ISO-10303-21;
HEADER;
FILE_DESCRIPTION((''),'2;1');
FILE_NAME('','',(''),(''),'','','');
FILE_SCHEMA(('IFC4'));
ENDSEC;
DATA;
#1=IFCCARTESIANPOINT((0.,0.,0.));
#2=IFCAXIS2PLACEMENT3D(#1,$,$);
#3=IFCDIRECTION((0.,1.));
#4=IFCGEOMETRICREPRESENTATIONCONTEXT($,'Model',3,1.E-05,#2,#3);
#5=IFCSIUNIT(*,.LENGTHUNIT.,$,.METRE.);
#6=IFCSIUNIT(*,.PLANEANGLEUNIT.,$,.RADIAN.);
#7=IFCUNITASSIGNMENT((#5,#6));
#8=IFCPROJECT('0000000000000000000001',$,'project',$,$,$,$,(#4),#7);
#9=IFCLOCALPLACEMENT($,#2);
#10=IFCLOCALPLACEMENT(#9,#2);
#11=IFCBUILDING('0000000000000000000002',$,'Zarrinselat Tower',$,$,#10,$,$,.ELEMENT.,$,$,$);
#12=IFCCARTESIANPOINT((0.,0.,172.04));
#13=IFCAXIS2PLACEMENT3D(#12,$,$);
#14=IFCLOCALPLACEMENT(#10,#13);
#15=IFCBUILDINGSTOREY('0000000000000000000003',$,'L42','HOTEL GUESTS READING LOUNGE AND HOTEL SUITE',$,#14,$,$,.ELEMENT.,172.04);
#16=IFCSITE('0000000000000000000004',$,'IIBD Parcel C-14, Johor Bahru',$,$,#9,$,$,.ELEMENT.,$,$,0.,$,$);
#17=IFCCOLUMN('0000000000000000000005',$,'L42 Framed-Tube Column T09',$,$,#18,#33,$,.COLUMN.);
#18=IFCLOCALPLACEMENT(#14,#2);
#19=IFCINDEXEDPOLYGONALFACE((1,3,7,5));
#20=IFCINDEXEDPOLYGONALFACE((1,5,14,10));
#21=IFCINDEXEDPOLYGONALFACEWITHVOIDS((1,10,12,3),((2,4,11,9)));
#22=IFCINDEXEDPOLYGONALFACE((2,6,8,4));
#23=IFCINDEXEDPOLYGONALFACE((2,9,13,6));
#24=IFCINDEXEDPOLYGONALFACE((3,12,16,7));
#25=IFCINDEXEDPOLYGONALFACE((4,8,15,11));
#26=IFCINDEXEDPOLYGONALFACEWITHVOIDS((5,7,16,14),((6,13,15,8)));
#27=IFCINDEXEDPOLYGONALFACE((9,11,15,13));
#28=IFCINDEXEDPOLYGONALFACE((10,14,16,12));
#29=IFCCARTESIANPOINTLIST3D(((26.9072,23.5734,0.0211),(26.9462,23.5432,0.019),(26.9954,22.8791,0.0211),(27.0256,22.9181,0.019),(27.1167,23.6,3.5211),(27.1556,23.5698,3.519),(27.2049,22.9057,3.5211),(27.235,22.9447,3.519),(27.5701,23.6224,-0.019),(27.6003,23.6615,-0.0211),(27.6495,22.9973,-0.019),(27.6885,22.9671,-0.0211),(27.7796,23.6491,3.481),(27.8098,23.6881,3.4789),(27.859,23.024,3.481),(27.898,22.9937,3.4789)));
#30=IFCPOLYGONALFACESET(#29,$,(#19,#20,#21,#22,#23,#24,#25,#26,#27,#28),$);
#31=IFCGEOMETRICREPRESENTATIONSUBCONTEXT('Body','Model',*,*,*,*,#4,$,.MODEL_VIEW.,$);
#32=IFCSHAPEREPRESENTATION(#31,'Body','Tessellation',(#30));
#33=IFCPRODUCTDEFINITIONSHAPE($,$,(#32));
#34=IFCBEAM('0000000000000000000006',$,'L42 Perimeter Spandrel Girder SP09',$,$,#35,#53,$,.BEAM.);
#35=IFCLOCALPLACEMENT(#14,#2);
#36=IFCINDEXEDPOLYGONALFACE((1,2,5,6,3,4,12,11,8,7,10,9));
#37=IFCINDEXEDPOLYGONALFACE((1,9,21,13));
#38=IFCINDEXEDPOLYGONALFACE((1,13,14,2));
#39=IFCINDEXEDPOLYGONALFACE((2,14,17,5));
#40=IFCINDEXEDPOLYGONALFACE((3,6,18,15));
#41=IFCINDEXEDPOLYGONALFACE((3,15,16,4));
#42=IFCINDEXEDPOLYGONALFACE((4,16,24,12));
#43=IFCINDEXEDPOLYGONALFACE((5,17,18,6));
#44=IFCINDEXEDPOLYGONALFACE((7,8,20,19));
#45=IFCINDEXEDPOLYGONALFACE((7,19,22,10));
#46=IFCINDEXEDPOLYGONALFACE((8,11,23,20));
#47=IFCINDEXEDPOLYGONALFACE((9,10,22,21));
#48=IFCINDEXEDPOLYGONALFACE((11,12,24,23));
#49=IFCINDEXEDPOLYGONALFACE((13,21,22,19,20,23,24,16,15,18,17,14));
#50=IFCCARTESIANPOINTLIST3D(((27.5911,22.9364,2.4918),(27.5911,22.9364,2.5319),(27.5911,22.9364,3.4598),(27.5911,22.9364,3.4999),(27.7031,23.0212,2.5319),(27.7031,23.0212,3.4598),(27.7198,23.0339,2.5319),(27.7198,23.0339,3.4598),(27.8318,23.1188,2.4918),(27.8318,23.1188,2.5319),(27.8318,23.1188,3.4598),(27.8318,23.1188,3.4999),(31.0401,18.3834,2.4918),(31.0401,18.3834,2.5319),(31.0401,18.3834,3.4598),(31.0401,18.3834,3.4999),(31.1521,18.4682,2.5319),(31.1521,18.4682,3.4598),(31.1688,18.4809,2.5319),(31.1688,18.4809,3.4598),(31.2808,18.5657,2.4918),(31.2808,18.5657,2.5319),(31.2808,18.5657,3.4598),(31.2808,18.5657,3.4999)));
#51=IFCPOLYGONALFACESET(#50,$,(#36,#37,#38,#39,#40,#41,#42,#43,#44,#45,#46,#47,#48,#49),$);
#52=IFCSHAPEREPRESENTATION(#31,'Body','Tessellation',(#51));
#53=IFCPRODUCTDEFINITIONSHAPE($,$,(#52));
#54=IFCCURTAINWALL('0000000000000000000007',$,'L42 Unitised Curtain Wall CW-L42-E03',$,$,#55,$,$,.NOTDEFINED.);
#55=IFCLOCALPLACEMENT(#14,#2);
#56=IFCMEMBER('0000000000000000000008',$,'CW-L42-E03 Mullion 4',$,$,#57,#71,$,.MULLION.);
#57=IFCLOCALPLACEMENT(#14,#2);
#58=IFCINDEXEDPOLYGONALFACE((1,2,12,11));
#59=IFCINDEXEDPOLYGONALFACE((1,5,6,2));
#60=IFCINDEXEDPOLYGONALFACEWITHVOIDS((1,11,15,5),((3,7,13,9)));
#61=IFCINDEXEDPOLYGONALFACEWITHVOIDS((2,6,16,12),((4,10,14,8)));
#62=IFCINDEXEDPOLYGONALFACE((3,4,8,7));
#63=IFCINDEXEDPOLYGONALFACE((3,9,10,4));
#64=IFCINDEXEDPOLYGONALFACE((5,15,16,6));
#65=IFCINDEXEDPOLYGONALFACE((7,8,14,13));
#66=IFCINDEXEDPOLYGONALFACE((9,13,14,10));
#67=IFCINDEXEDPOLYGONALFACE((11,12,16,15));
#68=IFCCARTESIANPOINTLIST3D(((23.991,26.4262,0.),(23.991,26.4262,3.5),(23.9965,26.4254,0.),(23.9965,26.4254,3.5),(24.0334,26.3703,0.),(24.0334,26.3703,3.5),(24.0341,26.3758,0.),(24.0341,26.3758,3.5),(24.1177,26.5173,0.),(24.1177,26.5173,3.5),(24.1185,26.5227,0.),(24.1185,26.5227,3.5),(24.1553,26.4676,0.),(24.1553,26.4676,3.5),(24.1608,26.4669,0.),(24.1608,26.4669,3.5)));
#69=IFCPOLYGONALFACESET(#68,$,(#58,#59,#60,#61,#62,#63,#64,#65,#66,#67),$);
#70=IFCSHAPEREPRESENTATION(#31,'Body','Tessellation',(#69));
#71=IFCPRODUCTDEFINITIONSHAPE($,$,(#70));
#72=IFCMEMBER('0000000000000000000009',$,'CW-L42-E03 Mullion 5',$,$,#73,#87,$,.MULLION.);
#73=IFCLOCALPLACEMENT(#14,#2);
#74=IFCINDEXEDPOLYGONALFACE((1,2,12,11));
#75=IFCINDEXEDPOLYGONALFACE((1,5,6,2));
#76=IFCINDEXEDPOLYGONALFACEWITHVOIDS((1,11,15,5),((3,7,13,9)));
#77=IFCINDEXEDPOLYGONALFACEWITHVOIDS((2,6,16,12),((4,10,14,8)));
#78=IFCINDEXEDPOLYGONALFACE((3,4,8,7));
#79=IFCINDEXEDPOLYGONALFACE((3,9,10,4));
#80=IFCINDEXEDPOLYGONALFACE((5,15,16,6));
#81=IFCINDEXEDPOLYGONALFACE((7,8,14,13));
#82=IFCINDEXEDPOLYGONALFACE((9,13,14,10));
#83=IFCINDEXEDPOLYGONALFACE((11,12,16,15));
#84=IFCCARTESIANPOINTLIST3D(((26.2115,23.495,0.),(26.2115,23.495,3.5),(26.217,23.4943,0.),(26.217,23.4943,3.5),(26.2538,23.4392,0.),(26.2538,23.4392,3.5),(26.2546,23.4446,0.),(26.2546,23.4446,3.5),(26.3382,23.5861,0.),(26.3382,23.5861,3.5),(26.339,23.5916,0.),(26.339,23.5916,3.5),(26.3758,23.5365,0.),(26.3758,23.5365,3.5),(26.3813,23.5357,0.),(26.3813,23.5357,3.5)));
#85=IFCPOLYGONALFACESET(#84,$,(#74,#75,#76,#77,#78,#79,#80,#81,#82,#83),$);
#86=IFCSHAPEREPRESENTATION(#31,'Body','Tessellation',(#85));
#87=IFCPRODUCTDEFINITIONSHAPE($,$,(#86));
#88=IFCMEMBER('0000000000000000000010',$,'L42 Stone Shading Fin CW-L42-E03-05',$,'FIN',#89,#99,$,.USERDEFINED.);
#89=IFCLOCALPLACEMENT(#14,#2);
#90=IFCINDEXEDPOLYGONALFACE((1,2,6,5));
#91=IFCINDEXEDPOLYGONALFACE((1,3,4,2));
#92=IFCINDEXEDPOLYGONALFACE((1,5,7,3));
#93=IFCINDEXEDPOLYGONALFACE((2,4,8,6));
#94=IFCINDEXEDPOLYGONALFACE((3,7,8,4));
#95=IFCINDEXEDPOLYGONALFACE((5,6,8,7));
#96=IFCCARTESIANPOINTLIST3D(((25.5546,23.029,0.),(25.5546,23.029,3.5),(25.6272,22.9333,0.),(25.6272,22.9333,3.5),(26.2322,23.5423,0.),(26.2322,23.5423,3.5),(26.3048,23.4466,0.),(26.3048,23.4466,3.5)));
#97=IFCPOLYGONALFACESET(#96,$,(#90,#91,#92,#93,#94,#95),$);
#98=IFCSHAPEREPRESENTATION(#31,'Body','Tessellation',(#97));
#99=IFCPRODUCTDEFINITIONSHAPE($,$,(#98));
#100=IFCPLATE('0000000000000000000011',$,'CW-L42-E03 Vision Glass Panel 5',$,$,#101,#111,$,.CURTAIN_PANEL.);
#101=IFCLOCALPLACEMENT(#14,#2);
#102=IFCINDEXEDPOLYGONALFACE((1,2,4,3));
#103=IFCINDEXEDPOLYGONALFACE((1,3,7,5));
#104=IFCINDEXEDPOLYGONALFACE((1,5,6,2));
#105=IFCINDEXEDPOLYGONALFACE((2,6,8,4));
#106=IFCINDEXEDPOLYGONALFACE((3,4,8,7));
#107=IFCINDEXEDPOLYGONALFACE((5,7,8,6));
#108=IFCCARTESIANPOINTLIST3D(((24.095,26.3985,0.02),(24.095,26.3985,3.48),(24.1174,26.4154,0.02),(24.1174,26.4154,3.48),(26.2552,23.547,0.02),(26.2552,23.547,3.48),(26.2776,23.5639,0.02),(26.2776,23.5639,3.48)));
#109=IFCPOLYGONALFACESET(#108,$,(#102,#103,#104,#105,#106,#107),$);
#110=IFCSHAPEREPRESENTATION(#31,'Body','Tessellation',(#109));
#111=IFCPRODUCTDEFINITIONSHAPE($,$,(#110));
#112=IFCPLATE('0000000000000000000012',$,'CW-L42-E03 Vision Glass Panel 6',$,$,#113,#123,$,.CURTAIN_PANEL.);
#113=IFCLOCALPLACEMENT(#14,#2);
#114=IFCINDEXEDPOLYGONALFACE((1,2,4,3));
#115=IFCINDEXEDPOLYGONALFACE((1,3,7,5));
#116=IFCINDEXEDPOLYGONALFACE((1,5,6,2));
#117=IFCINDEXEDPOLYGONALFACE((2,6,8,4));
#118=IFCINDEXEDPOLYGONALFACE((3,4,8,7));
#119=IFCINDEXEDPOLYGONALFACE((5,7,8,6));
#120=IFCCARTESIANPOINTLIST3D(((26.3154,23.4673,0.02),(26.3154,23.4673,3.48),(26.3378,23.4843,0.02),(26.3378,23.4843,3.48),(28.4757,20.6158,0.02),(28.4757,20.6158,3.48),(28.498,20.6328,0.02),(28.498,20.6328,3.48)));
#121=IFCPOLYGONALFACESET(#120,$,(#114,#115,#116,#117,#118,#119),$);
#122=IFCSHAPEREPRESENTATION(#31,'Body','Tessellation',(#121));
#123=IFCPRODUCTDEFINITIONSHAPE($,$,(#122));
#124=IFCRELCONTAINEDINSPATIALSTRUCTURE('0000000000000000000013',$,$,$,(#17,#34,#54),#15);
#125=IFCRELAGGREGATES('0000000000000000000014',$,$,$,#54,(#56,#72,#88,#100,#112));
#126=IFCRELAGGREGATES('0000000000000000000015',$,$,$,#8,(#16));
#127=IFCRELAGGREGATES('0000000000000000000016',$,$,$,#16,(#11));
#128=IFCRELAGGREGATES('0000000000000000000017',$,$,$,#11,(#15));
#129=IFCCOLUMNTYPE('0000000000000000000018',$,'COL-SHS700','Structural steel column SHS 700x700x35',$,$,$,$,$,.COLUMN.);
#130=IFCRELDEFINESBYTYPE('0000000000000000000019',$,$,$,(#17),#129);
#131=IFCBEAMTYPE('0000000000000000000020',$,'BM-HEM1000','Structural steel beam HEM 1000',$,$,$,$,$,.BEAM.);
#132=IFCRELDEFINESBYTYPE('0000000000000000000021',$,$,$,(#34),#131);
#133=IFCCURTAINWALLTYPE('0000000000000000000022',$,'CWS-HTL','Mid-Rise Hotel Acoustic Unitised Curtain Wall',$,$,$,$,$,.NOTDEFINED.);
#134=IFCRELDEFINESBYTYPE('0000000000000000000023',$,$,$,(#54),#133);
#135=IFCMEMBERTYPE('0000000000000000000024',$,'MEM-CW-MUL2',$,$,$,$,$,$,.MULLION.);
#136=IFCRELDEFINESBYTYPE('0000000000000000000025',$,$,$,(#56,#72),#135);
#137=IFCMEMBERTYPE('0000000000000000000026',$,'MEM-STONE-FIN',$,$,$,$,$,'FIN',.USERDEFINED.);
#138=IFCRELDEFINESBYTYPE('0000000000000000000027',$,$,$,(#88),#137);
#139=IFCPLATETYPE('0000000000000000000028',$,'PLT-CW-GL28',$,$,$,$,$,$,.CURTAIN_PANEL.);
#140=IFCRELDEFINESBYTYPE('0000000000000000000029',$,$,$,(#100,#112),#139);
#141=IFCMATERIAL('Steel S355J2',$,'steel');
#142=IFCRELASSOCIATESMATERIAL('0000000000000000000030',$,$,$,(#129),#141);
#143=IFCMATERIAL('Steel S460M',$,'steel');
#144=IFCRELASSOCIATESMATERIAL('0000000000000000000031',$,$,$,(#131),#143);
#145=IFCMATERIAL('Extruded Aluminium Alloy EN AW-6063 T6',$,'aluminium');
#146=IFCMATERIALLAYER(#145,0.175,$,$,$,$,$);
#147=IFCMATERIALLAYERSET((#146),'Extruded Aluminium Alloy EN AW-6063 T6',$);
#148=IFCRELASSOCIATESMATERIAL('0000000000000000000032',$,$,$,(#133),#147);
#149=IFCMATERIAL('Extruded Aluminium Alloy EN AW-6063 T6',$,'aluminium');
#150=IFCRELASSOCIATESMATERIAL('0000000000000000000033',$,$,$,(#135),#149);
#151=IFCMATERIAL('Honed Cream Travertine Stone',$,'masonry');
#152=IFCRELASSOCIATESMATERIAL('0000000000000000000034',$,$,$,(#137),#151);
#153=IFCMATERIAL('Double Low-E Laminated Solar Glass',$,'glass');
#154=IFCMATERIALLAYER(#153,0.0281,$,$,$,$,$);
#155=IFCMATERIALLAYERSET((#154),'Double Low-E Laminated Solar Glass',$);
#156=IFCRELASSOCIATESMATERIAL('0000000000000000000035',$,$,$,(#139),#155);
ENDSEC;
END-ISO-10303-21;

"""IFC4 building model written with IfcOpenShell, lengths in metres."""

from ifc_helpers import new_model, si_unit, direction, frame, origin, origin_2d, place, context, subcontext, project, spatial, rectangle, hollow_rectangle, i_section, extrude, material, layer, layer_set, material_profile, profile_set, type_object, element, aggregate, save


model = new_model("IFC4")

# Units and contexts
model_context = context("Model", 3, precision=1e-05, world=origin(), true_north=direction((0.0, 1.0)))
body_context = subcontext(model_context, "Body", "Model", "MODEL_VIEW")
ifc_project = project(units=[si_unit("LENGTHUNIT", "METRE"), si_unit("PLANEANGLEUNIT", "RADIAN")], contexts=[model_context])

# Site, building, storey
site_placement = place(None, origin())
site = spatial("IfcSite", under=ifc_project, at=site_placement, Name="IIBD Parcel C-14, Johor Bahru", CompositionType="ELEMENT", RefElevation=0.0)
building_placement = place(site_placement, origin())
building = spatial("IfcBuilding", under=site, at=building_placement, Name="Zarrinselat Tower", CompositionType="ELEMENT")
storey_placement = place(building_placement, frame((0.0, 0.0, 172.04)))
storey = spatial("IfcBuildingStorey", under=building, at=storey_placement, Name="L42", Description="HOTEL GUESTS READING LOUNGE AND HOTEL SUITE", CompositionType="ELEMENT", Elevation=172.04)

# Column
ifc_material_1 = material(Name="Steel S355J2", Category="steel")
ifc_material_profile_1 = material_profile(ifc_material_1, hollow_rectangle(XDim=0.7, YDim=0.7, WallThickness=0.0349, at=origin_2d()), Name="SHS 700x700x35")
ifc_profile_set_1 = profile_set([ifc_material_profile_1], Name="Steel S355J2")
column_type = type_object("IfcColumnType", Name="COL-SHS700", Description="Structural steel column SHS 700x700x35", PredefinedType="COLUMN", material=ifc_profile_set_1)
column_placement = place(storey_placement, frame((27.2979, 23.2703, 0.0), z_axis=(0.059741, 0.007589, 0.998185), x_axis=(-0.126027, 0.992027, 0.0)))
element("IfcColumn", 1, at=column_placement, inside=storey, type_object=column_type, Name="L42 Framed-Tube Column T09", PredefinedType="COLUMN", context=body_context, shape_type="SweptSolid", body=[
    extrude(hollow_rectangle(XDim=0.7, YDim=0.7, WallThickness=0.0349, at=origin_2d()), origin(), (0.0, 0.0, 1.0), 3.5063),
])

# Beam
ifc_material_2 = material(Name="Steel S460M", Category="steel")
ifc_material_profile_2 = material_profile(ifc_material_2, i_section(OverallWidth=0.302, OverallDepth=1.0081, WebThickness=0.021, FlangeThickness=0.04, at=origin_2d()), Name="HEM 1000")
ifc_profile_set_2 = profile_set([ifc_material_profile_2], Name="Steel S460M")
beam_type = type_object("IfcBeamType", Name="BM-HEM1000", Description="Structural steel beam HEM 1000", PredefinedType="BEAM", material=ifc_profile_set_2)
beam_placement = place(storey_placement, frame((27.7114, 23.0276, 2.9958), z_axis=(0.60383, -0.797113, 0.0), x_axis=(0.797113, 0.60383, 0.0)))
element("IfcBeam", 2, at=beam_placement, inside=storey, type_object=beam_type, Name="L42 Perimeter Spandrel Girder SP09", PredefinedType="BEAM", context=body_context, shape_type="SweptSolid", body=[
    extrude(i_section(OverallWidth=0.302, OverallDepth=1.0081, WebThickness=0.021, FlangeThickness=0.04, at=origin_2d()), origin(), (0.0, 0.0, 1.0), 5.7119),
])

# Curtain wall, members, plates
ifc_material_3 = material(Name="Extruded Aluminium Alloy EN AW-6063 T6", Category="aluminium")
ifc_layer_1 = layer(ifc_material_3, 0.175)
ifc_layer_set_1 = layer_set([ifc_layer_1], Name="Extruded Aluminium Alloy EN AW-6063 T6")
curtain_wall_type = type_object("IfcCurtainWallType", Name="CWS-HTL", Description="Mid-Rise Hotel Acoustic Unitised Curtain Wall", PredefinedType="NOTDEFINED", material=ifc_layer_set_1)
curtain_wall_placement = place(storey_placement, origin())
curtain_wall = element("IfcCurtainWall", 3, at=curtain_wall_placement, inside=storey, type_object=curtain_wall_type, Name="L42 Unitised Curtain Wall CW-L42-E03", PredefinedType="NOTDEFINED")
ifc_material_4 = material(Name="Extruded Aluminium Alloy EN AW-6063 T6", Category="aluminium")
ifc_material_profile_3 = material_profile(ifc_material_4, hollow_rectangle(XDim=0.0701, YDim=0.1599, WallThickness=0.0039, at=origin_2d()), Name="RHS 160x70x4")
ifc_profile_set_3 = profile_set([ifc_material_profile_3], Name="Extruded Aluminium Alloy EN AW-6063 T6")
member_type_1 = type_object("IfcMemberType", Name="MEM-CW-MUL2", PredefinedType="MULLION", material=ifc_profile_set_3)
member_1_placement = place(storey_placement, frame((24.0759, 26.4465, 0.0), z_axis=(0.0, 0.0, 1.0), x_axis=(0.603858, -0.797092, 0.0)))
member_1 = element("IfcMember", 4, at=member_1_placement, type_object=member_type_1, Name="CW-L42-E03 Mullion 4", PredefinedType="MULLION", context=body_context, shape_type="SweptSolid", body=[
    extrude(hollow_rectangle(XDim=0.0701, YDim=0.1599, WallThickness=0.0039, at=origin_2d()), origin(), (0.0, 0.0, 1.0), 3.5),
])
member_2_placement = place(storey_placement, frame((26.2964, 23.5154, 0.0), z_axis=(0.0, 0.0, 1.0), x_axis=(0.603858, -0.797092, 0.0)))
member_2 = element("IfcMember", 5, at=member_2_placement, type_object=member_type_1, Name="CW-L42-E03 Mullion 5", PredefinedType="MULLION", context=body_context, shape_type="SweptSolid", body=[
    extrude(hollow_rectangle(XDim=0.0701, YDim=0.1599, WallThickness=0.0039, at=origin_2d()), origin(), (0.0, 0.0, 1.0), 3.5),
])
ifc_material_5 = material(Name="Honed Cream Travertine Stone", Category="masonry")
ifc_material_profile_4 = material_profile(ifc_material_5, rectangle(XDim=0.1201, YDim=0.8501, at=origin_2d()), Name="FIN 850x120")
ifc_profile_set_4 = profile_set([ifc_material_profile_4], Name="Honed Cream Travertine Stone")
member_type_2 = type_object("IfcMemberType", Name="MEM-STONE-FIN", ElementType="FIN", PredefinedType="USERDEFINED", material=ifc_profile_set_4)
member_3_placement = place(storey_placement, frame((25.9297, 23.2378, 0.0), z_axis=(0.0, 0.0, 1.0), x_axis=(-0.603858, 0.797092, 0.0)))
member_3 = element("IfcMember", 6, at=member_3_placement, type_object=member_type_2, Name="L42 Stone Shading Fin CW-L42-E03-05", ObjectType="FIN", PredefinedType="USERDEFINED", context=body_context, shape_type="SweptSolid", body=[
    extrude(rectangle(XDim=0.1201, YDim=0.8501, at=origin_2d()), origin(), (0.0, 0.0, 1.0), 3.5),
])
ifc_material_6 = material(Name="Double Low-E Laminated Solar Glass", Category="glass")
ifc_layer_2 = layer(ifc_material_6, 0.0281)
ifc_layer_set_2 = layer_set([ifc_layer_2], Name="Double Low-E Laminated Solar Glass")
plate_type = type_object("IfcPlateType", Name="PLT-CW-GL28", PredefinedType="CURTAIN_PANEL", material=ifc_layer_set_2)
plate_1_placement = place(storey_placement, frame((25.1863, 24.9812, 0.02), z_axis=(0.0, 0.0, 1.0), x_axis=(0.603858, -0.797092, 0.0)))
plate_1 = element("IfcPlate", 7, at=plate_1_placement, type_object=plate_type, Name="CW-L42-E03 Vision Glass Panel 5", PredefinedType="CURTAIN_PANEL", context=body_context, shape_type="SweptSolid", body=[
    extrude(rectangle(XDim=3.5774, YDim=0.0281, at=origin_2d()), origin(), (0.0, 0.0, 1.0), 3.46),
])
plate_2_placement = place(storey_placement, frame((27.4067, 22.05, 0.02), z_axis=(0.0, 0.0, 1.0), x_axis=(0.603858, -0.797092, 0.0)))
plate_2 = element("IfcPlate", 8, at=plate_2_placement, type_object=plate_type, Name="CW-L42-E03 Vision Glass Panel 6", PredefinedType="CURTAIN_PANEL", context=body_context, shape_type="SweptSolid", body=[
    extrude(rectangle(XDim=3.5774, YDim=0.0281, at=origin_2d()), origin(), (0.0, 0.0, 1.0), 3.46),
])
aggregate(curtain_wall, [member_1, member_2, member_3, plate_1, plate_2])

save(model, "model.ifc")
